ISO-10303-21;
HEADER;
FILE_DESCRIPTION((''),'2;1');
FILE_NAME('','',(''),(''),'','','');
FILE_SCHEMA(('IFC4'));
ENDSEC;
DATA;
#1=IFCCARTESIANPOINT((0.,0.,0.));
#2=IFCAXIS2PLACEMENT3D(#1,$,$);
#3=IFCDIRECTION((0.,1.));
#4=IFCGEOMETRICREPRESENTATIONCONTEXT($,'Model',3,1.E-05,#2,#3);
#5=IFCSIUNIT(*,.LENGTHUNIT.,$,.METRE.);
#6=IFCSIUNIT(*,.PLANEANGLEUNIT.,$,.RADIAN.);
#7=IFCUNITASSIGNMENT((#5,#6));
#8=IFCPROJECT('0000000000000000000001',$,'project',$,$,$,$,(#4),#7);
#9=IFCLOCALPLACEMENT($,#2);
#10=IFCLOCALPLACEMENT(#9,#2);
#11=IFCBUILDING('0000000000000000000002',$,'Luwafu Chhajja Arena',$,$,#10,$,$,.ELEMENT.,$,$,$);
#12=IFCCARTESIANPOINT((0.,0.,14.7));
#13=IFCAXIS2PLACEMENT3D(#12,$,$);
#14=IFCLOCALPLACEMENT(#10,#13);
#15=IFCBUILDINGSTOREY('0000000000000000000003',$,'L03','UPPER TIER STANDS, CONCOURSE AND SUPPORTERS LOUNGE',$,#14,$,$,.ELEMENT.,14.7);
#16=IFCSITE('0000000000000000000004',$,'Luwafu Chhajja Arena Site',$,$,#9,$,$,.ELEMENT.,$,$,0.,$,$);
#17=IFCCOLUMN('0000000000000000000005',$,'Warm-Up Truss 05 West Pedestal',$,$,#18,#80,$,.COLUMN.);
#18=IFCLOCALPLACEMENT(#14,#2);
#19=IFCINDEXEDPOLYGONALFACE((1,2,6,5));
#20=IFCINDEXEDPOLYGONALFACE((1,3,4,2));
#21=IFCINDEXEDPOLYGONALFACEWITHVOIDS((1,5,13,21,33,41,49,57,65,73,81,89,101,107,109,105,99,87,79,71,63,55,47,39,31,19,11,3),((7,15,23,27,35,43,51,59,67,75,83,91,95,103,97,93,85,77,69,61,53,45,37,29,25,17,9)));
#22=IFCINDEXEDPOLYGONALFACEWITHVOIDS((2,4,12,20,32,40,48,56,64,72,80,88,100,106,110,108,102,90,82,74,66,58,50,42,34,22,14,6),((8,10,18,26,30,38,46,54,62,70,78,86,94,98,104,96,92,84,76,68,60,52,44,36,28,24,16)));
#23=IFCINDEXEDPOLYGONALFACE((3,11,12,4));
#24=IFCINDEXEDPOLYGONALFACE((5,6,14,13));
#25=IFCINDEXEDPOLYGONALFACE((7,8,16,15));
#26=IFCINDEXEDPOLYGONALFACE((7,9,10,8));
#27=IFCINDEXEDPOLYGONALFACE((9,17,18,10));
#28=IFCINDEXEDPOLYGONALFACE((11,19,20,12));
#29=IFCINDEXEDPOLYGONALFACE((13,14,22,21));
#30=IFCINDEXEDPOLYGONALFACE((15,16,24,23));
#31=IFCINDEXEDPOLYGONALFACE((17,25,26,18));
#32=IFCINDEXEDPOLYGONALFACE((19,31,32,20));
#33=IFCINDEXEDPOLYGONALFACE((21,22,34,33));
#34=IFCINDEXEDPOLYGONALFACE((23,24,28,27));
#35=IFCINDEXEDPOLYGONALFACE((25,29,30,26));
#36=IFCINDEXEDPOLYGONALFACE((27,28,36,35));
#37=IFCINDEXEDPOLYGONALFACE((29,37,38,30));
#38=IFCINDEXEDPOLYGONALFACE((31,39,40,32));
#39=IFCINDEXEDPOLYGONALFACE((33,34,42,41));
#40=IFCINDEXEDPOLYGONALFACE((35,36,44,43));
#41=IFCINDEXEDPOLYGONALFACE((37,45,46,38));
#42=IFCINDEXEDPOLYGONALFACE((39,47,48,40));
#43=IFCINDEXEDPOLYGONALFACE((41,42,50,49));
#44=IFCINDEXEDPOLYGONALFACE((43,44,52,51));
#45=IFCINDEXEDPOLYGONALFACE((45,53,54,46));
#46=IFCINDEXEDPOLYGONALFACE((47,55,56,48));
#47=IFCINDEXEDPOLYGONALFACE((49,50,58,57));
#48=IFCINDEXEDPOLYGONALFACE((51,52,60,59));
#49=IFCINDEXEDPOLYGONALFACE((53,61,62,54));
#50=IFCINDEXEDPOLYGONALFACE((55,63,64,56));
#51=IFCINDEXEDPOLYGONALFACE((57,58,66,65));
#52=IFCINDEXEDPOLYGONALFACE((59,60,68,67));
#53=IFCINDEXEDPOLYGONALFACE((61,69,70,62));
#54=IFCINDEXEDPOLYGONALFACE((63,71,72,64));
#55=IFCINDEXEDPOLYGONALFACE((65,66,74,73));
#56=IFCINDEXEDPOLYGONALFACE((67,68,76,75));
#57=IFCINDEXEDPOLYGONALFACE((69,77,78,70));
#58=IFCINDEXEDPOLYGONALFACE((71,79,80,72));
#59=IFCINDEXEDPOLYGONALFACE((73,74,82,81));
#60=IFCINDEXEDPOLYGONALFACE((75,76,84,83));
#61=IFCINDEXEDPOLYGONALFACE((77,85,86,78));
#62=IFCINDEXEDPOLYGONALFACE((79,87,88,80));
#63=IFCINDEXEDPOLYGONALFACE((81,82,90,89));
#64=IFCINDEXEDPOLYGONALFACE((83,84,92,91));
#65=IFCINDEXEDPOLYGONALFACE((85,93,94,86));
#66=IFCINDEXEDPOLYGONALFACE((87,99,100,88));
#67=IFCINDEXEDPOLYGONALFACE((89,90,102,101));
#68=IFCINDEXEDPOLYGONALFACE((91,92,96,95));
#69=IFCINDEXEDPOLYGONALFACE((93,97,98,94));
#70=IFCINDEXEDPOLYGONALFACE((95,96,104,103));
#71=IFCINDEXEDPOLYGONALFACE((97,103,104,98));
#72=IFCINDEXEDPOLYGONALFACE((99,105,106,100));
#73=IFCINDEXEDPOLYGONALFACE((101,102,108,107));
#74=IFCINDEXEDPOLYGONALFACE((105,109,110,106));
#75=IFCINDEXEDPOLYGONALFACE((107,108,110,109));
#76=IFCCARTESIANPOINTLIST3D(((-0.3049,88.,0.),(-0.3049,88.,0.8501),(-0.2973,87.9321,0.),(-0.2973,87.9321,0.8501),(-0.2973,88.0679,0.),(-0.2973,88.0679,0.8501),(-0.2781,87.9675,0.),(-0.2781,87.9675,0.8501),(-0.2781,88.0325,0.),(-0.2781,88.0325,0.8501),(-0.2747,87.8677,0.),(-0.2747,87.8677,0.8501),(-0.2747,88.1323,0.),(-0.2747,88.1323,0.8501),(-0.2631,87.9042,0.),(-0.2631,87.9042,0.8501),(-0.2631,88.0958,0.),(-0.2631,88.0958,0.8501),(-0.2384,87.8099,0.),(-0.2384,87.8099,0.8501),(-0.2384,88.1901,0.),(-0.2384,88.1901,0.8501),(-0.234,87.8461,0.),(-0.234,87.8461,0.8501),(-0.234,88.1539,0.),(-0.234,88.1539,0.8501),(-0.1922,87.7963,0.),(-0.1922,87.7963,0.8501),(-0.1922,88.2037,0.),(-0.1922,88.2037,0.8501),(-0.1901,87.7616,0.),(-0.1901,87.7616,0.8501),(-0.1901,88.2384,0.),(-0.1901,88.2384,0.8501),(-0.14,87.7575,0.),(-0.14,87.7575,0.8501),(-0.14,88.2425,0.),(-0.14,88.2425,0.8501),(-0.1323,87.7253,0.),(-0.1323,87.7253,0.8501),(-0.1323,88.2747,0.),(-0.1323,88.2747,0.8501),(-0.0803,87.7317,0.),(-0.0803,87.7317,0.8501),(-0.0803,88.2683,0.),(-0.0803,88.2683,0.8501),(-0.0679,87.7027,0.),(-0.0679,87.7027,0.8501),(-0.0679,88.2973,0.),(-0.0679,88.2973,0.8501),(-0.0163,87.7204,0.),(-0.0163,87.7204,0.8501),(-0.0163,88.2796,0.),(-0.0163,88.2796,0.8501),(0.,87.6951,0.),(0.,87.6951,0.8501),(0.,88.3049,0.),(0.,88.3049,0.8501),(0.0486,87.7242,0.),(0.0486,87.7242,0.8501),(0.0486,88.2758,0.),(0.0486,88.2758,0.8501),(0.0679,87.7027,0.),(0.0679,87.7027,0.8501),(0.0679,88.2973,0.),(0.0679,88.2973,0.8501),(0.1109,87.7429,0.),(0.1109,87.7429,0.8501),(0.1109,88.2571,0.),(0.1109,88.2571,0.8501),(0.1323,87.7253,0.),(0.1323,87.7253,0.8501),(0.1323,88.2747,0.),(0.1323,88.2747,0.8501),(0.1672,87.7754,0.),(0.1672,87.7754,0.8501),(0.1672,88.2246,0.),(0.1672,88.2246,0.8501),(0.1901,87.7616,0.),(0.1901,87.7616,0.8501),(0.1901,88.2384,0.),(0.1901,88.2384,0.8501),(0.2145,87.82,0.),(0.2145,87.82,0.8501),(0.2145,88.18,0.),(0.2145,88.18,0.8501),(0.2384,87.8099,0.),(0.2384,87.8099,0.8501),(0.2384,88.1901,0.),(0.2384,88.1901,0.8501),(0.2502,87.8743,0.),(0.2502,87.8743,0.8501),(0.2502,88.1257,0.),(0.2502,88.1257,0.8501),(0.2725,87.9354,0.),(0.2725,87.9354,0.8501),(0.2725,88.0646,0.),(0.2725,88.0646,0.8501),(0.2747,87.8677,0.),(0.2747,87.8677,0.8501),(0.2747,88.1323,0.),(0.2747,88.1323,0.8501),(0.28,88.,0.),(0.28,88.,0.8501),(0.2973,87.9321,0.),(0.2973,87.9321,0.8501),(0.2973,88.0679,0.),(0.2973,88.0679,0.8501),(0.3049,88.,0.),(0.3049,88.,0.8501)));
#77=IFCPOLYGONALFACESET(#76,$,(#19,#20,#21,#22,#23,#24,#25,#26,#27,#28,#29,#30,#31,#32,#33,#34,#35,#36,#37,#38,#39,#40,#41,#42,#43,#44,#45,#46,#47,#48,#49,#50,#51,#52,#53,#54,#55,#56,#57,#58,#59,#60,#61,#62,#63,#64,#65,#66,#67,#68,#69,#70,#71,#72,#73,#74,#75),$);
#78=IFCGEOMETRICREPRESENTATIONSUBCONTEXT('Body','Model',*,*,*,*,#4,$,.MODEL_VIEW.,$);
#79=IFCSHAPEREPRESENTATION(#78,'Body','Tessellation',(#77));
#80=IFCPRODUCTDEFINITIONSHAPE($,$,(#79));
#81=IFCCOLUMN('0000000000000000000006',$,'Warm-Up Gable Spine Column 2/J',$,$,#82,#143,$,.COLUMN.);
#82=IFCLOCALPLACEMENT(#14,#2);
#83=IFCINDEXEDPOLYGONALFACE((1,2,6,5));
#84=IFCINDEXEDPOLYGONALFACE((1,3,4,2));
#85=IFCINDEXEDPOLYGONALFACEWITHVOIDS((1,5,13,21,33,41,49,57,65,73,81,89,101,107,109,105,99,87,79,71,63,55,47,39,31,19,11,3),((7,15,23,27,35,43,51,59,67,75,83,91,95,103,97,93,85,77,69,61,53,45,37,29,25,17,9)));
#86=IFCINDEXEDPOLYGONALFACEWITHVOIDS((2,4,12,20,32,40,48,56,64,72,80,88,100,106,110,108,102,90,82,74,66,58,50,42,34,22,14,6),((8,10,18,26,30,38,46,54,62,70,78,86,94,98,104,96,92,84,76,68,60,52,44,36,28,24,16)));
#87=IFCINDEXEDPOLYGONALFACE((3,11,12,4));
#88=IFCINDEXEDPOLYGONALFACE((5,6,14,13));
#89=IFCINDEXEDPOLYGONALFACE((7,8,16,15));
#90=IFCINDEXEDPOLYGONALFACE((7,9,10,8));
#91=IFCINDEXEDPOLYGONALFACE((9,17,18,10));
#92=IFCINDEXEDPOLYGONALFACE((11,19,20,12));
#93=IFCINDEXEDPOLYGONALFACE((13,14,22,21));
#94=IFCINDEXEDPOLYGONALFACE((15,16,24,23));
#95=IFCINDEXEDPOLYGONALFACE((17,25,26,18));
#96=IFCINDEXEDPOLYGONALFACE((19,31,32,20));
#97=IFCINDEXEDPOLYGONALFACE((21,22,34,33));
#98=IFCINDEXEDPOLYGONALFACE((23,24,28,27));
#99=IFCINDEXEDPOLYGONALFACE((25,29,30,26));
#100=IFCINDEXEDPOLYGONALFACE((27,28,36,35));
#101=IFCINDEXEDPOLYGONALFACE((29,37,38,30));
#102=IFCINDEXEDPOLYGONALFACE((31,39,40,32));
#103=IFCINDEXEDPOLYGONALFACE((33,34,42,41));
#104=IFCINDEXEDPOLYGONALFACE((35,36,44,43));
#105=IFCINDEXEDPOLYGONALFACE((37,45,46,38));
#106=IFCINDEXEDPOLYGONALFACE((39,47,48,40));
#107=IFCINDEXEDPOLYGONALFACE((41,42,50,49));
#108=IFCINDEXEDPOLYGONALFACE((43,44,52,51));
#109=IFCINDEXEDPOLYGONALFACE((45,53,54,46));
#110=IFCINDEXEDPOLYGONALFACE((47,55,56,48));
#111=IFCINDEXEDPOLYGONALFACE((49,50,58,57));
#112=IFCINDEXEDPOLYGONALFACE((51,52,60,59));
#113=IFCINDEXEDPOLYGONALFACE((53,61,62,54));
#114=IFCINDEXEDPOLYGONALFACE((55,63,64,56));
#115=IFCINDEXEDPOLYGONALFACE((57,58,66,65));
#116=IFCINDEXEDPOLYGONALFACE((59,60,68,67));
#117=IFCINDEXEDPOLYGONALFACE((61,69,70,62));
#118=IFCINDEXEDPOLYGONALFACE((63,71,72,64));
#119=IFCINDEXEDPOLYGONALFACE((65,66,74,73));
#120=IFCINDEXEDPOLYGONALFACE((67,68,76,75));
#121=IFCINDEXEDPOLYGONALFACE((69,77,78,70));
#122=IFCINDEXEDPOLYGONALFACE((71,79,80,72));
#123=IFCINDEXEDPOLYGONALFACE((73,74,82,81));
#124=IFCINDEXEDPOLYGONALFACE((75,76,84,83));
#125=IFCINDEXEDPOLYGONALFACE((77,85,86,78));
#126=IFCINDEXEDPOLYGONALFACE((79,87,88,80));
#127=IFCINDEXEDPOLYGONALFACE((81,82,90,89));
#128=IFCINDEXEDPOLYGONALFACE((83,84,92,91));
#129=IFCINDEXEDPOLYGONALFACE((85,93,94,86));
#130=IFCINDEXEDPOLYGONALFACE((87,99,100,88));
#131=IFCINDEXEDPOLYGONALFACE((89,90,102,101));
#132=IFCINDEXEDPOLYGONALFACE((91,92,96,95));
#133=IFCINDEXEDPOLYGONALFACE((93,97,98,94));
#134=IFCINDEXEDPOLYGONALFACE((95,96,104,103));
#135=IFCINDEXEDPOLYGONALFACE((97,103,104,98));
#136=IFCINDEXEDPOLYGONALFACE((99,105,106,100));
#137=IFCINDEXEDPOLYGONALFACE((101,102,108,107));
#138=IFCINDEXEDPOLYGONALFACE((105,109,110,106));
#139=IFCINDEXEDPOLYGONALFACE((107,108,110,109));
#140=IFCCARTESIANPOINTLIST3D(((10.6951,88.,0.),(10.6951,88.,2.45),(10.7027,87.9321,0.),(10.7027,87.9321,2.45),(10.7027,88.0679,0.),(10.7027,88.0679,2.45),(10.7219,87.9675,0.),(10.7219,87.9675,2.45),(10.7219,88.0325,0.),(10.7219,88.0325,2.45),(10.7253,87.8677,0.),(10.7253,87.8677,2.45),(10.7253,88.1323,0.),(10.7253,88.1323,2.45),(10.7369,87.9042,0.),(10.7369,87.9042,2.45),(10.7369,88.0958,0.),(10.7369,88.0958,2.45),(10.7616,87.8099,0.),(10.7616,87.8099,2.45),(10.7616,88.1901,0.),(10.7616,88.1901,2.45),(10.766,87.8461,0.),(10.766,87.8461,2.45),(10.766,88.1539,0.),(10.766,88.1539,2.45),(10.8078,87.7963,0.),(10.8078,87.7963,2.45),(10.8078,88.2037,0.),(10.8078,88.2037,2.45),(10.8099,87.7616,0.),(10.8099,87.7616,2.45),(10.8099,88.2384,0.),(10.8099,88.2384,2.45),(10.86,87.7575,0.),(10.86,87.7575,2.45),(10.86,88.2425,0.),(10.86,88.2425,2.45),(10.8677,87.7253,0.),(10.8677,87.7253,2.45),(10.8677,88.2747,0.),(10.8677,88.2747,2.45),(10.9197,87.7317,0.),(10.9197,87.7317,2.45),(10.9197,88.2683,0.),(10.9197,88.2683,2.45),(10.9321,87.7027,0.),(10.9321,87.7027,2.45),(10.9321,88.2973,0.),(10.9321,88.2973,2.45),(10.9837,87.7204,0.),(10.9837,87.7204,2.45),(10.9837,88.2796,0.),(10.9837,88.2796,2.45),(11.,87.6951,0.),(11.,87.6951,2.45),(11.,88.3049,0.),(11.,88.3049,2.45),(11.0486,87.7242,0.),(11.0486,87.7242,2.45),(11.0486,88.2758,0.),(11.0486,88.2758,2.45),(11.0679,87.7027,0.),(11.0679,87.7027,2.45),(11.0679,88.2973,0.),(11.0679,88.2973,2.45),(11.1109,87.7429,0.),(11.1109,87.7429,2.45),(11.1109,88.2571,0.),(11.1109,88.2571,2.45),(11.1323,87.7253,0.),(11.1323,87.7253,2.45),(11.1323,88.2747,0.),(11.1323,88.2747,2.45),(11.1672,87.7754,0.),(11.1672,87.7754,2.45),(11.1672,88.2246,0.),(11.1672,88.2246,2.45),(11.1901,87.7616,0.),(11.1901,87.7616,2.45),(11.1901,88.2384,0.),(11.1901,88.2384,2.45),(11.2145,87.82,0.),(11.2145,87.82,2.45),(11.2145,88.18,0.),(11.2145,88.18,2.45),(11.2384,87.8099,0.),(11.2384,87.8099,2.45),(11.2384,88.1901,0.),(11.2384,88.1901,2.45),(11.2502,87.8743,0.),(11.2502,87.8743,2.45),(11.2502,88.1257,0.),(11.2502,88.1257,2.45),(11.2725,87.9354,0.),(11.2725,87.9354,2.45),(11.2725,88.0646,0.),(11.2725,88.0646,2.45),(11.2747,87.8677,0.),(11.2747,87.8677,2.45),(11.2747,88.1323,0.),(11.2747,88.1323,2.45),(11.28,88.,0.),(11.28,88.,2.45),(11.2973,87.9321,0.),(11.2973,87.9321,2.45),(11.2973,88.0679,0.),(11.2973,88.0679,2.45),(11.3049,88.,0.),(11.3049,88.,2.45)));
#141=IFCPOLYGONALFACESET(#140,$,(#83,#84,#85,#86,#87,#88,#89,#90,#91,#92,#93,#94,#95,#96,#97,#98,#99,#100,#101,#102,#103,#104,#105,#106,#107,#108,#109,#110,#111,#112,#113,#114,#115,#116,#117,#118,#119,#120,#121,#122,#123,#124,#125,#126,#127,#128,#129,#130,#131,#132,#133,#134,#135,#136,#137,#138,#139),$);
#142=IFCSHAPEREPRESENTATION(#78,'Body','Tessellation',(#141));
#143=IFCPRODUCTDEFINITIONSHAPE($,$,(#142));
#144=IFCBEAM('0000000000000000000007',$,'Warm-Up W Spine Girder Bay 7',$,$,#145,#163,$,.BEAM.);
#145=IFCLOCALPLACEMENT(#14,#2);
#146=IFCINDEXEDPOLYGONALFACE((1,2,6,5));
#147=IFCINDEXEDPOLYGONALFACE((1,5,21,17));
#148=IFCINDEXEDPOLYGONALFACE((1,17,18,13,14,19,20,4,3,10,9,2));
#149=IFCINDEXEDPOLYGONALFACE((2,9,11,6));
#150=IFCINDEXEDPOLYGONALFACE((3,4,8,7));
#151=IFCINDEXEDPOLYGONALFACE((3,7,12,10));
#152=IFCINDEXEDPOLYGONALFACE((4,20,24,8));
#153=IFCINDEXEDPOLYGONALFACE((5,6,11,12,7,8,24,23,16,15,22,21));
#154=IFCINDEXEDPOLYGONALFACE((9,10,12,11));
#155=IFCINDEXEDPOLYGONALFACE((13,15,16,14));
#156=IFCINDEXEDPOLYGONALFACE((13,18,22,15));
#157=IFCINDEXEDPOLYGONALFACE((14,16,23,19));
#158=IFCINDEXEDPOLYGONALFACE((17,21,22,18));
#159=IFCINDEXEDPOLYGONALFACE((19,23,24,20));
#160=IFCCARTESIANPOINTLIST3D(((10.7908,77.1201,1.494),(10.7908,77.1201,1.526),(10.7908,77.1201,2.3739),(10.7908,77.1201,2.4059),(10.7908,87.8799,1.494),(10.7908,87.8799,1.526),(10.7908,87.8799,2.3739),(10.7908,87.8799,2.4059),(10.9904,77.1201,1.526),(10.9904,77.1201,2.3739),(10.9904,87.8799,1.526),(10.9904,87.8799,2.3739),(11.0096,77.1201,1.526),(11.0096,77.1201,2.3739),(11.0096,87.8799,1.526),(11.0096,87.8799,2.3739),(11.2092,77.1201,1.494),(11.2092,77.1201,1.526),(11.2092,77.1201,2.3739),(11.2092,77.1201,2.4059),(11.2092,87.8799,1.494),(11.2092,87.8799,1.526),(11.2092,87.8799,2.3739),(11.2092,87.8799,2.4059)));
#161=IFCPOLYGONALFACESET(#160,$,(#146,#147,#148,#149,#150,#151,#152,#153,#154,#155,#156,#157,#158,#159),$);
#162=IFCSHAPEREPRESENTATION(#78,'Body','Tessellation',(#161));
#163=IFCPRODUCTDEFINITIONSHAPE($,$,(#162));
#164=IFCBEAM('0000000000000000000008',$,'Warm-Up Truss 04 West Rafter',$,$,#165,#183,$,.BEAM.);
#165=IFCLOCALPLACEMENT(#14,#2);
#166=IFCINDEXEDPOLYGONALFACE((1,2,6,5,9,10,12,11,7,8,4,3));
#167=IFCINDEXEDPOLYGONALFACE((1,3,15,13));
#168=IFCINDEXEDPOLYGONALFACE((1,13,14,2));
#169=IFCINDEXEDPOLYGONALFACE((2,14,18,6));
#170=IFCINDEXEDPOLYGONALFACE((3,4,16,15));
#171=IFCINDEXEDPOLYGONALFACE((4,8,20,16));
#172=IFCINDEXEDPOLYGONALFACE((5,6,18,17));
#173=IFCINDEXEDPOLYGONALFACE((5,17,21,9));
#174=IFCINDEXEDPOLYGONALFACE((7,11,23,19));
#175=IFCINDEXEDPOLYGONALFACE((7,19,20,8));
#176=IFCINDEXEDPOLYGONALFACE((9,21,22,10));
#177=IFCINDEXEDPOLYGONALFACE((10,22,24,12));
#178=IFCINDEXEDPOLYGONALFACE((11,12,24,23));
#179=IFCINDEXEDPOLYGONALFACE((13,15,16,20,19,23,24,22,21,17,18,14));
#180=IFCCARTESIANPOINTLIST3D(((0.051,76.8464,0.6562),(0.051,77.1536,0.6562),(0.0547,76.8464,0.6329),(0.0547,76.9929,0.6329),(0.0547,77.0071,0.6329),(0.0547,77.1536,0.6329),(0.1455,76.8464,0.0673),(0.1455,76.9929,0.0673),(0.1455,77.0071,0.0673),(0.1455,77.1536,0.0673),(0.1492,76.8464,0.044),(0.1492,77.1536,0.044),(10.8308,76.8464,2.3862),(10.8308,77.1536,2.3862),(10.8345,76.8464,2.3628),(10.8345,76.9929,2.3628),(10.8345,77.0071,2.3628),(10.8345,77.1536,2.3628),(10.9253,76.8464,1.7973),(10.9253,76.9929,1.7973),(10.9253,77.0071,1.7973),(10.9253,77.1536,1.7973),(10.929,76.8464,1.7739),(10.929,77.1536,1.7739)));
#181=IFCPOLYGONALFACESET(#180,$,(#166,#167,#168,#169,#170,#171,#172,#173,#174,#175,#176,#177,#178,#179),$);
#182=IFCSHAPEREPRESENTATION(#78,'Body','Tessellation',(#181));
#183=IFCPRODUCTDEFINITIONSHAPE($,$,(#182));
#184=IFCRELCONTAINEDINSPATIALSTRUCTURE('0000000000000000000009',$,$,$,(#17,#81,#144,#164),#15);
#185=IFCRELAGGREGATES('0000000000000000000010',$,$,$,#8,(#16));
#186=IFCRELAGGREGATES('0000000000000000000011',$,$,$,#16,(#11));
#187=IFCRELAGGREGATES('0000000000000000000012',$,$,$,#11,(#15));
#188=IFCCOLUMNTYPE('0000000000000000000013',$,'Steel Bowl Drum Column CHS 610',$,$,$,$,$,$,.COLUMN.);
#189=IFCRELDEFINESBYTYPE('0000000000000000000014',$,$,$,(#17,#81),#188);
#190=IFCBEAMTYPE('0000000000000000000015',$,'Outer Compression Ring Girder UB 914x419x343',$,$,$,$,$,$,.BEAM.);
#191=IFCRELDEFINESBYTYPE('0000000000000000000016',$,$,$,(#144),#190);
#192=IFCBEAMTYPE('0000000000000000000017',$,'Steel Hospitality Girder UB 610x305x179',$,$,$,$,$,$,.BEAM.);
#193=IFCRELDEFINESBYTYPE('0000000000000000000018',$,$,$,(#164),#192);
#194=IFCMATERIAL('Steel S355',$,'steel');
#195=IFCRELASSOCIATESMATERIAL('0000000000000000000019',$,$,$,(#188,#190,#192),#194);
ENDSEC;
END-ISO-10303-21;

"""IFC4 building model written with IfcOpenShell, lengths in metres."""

from ifc_helpers import new_model, si_unit, direction, frame, origin, origin_2d, place, context, subcontext, project, spatial, hollow_circle, i_section, extrude, material, material_profile, profile_set, type_object, element, save


model = new_model("IFC4")

# Units and contexts
model_context = context("Model", 3, precision=1e-05, world=origin(), true_north=direction((0.0, 1.0)))
body_context = subcontext(model_context, "Body", "Model", "MODEL_VIEW")
ifc_project = project(units=[si_unit("LENGTHUNIT", "METRE"), si_unit("PLANEANGLEUNIT", "RADIAN")], contexts=[model_context])

# Site, building, storey
site_placement = place(None, origin())
site = spatial("IfcSite", under=ifc_project, at=site_placement, Name="Luwafu Chhajja Arena Site", CompositionType="ELEMENT", RefElevation=0.0)
building_placement = place(site_placement, origin())
building = spatial("IfcBuilding", under=site, at=building_placement, Name="Luwafu Chhajja Arena", CompositionType="ELEMENT")
storey_placement = place(building_placement, frame((0.0, 0.0, 14.7)))
storey = spatial("IfcBuildingStorey", under=building, at=storey_placement, Name="L03", Description="UPPER TIER STANDS, CONCOURSE AND SUPPORTERS LOUNGE", CompositionType="ELEMENT", Elevation=14.7)

# Columns
ifc_material_1 = material(Name="Steel S355", Category="steel")
ifc_material_profile_1 = material_profile(ifc_material_1, hollow_circle(Radius=0.3049, WallThickness=0.0249, at=origin_2d()), Name="CHS 610x25")
ifc_profile_set_1 = profile_set([ifc_material_profile_1], Name="Steel S355")
column_type = type_object("IfcColumnType", Name="Steel Bowl Drum Column CHS 610", PredefinedType="COLUMN", material=ifc_profile_set_1)
column_1_placement = place(storey_placement, frame((0.0, 88.0, 0.0), z_axis=(0.0, 0.0, 1.0), x_axis=(1.0, 0.0, 0.0)))
element("IfcColumn", 1, at=column_1_placement, inside=storey, type_object=column_type, Name="Warm-Up Truss 05 West Pedestal", PredefinedType="COLUMN", context=body_context, shape_type="SweptSolid", body=[
    extrude(hollow_circle(Radius=0.3049, WallThickness=0.0249, at=origin_2d()), origin(), (0.0, 0.0, 1.0), 0.8501),
])
column_2_placement = place(storey_placement, frame((11.0, 88.0, 0.0), z_axis=(0.0, 0.0, 1.0), x_axis=(1.0, 0.0, 0.0)))
element("IfcColumn", 2, at=column_2_placement, inside=storey, type_object=column_type, Name="Warm-Up Gable Spine Column 2/J", PredefinedType="COLUMN", context=body_context, shape_type="SweptSolid", body=[
    extrude(hollow_circle(Radius=0.3049, WallThickness=0.0249, at=origin_2d()), origin(), (0.0, 0.0, 1.0), 2.45),
])

# Beams
ifc_material_profile_2 = material_profile(ifc_material_1, i_section(OverallWidth=0.4185, OverallDepth=0.9119, WebThickness=0.0193, FlangeThickness=0.032, at=origin_2d()), Name="UB 914x419x343")
ifc_profile_set_2 = profile_set([ifc_material_profile_2], Name="Steel S355")
beam_type_1 = type_object("IfcBeamType", Name="Outer Compression Ring Girder UB 914x419x343", PredefinedType="BEAM", material=ifc_profile_set_2)
beam_1_placement = place(storey_placement, frame((11.0, 77.1201, 1.95), z_axis=(0.0, 1.0, 0.0), x_axis=(-1.0, 0.0, 0.0)))
element("IfcBeam", 3, at=beam_1_placement, inside=storey, type_object=beam_type_1, Name="Warm-Up W Spine Girder Bay 7", PredefinedType="BEAM", context=body_context, shape_type="SweptSolid", body=[
    extrude(i_section(OverallWidth=0.4185, OverallDepth=0.9119, WebThickness=0.0193, FlangeThickness=0.032, at=origin_2d()), origin(), (0.0, 0.0, 1.0), 10.7598),
])
ifc_material_profile_3 = material_profile(ifc_material_1, i_section(OverallWidth=0.3071, OverallDepth=0.6201, WebThickness=0.0142, FlangeThickness=0.0237, at=origin_2d()), Name="UB 610x305x179")
ifc_profile_set_3 = profile_set([ifc_material_profile_3], Name="Steel S355")
beam_type_2 = type_object("IfcBeamType", Name="Steel Hospitality Girder UB 610x305x179", PredefinedType="BEAM", material=ifc_profile_set_3)
beam_2_placement = place(storey_placement, frame((0.1001, 77.0, 0.3501), z_axis=(0.987366, 0.0, 0.158456), x_axis=(0.0, 1.0, 0.0)))
element("IfcBeam", 4, at=beam_2_placement, inside=storey, type_object=beam_type_2, Name="Warm-Up Truss 04 West Rafter", PredefinedType="BEAM", context=body_context, shape_type="SweptSolid", body=[
    extrude(i_section(OverallWidth=0.3071, OverallDepth=0.6201, WebThickness=0.0142, FlangeThickness=0.0237, at=origin_2d()), origin(), (0.0, 0.0, 1.0), 10.9177),
])

save(model, "model.ifc")
